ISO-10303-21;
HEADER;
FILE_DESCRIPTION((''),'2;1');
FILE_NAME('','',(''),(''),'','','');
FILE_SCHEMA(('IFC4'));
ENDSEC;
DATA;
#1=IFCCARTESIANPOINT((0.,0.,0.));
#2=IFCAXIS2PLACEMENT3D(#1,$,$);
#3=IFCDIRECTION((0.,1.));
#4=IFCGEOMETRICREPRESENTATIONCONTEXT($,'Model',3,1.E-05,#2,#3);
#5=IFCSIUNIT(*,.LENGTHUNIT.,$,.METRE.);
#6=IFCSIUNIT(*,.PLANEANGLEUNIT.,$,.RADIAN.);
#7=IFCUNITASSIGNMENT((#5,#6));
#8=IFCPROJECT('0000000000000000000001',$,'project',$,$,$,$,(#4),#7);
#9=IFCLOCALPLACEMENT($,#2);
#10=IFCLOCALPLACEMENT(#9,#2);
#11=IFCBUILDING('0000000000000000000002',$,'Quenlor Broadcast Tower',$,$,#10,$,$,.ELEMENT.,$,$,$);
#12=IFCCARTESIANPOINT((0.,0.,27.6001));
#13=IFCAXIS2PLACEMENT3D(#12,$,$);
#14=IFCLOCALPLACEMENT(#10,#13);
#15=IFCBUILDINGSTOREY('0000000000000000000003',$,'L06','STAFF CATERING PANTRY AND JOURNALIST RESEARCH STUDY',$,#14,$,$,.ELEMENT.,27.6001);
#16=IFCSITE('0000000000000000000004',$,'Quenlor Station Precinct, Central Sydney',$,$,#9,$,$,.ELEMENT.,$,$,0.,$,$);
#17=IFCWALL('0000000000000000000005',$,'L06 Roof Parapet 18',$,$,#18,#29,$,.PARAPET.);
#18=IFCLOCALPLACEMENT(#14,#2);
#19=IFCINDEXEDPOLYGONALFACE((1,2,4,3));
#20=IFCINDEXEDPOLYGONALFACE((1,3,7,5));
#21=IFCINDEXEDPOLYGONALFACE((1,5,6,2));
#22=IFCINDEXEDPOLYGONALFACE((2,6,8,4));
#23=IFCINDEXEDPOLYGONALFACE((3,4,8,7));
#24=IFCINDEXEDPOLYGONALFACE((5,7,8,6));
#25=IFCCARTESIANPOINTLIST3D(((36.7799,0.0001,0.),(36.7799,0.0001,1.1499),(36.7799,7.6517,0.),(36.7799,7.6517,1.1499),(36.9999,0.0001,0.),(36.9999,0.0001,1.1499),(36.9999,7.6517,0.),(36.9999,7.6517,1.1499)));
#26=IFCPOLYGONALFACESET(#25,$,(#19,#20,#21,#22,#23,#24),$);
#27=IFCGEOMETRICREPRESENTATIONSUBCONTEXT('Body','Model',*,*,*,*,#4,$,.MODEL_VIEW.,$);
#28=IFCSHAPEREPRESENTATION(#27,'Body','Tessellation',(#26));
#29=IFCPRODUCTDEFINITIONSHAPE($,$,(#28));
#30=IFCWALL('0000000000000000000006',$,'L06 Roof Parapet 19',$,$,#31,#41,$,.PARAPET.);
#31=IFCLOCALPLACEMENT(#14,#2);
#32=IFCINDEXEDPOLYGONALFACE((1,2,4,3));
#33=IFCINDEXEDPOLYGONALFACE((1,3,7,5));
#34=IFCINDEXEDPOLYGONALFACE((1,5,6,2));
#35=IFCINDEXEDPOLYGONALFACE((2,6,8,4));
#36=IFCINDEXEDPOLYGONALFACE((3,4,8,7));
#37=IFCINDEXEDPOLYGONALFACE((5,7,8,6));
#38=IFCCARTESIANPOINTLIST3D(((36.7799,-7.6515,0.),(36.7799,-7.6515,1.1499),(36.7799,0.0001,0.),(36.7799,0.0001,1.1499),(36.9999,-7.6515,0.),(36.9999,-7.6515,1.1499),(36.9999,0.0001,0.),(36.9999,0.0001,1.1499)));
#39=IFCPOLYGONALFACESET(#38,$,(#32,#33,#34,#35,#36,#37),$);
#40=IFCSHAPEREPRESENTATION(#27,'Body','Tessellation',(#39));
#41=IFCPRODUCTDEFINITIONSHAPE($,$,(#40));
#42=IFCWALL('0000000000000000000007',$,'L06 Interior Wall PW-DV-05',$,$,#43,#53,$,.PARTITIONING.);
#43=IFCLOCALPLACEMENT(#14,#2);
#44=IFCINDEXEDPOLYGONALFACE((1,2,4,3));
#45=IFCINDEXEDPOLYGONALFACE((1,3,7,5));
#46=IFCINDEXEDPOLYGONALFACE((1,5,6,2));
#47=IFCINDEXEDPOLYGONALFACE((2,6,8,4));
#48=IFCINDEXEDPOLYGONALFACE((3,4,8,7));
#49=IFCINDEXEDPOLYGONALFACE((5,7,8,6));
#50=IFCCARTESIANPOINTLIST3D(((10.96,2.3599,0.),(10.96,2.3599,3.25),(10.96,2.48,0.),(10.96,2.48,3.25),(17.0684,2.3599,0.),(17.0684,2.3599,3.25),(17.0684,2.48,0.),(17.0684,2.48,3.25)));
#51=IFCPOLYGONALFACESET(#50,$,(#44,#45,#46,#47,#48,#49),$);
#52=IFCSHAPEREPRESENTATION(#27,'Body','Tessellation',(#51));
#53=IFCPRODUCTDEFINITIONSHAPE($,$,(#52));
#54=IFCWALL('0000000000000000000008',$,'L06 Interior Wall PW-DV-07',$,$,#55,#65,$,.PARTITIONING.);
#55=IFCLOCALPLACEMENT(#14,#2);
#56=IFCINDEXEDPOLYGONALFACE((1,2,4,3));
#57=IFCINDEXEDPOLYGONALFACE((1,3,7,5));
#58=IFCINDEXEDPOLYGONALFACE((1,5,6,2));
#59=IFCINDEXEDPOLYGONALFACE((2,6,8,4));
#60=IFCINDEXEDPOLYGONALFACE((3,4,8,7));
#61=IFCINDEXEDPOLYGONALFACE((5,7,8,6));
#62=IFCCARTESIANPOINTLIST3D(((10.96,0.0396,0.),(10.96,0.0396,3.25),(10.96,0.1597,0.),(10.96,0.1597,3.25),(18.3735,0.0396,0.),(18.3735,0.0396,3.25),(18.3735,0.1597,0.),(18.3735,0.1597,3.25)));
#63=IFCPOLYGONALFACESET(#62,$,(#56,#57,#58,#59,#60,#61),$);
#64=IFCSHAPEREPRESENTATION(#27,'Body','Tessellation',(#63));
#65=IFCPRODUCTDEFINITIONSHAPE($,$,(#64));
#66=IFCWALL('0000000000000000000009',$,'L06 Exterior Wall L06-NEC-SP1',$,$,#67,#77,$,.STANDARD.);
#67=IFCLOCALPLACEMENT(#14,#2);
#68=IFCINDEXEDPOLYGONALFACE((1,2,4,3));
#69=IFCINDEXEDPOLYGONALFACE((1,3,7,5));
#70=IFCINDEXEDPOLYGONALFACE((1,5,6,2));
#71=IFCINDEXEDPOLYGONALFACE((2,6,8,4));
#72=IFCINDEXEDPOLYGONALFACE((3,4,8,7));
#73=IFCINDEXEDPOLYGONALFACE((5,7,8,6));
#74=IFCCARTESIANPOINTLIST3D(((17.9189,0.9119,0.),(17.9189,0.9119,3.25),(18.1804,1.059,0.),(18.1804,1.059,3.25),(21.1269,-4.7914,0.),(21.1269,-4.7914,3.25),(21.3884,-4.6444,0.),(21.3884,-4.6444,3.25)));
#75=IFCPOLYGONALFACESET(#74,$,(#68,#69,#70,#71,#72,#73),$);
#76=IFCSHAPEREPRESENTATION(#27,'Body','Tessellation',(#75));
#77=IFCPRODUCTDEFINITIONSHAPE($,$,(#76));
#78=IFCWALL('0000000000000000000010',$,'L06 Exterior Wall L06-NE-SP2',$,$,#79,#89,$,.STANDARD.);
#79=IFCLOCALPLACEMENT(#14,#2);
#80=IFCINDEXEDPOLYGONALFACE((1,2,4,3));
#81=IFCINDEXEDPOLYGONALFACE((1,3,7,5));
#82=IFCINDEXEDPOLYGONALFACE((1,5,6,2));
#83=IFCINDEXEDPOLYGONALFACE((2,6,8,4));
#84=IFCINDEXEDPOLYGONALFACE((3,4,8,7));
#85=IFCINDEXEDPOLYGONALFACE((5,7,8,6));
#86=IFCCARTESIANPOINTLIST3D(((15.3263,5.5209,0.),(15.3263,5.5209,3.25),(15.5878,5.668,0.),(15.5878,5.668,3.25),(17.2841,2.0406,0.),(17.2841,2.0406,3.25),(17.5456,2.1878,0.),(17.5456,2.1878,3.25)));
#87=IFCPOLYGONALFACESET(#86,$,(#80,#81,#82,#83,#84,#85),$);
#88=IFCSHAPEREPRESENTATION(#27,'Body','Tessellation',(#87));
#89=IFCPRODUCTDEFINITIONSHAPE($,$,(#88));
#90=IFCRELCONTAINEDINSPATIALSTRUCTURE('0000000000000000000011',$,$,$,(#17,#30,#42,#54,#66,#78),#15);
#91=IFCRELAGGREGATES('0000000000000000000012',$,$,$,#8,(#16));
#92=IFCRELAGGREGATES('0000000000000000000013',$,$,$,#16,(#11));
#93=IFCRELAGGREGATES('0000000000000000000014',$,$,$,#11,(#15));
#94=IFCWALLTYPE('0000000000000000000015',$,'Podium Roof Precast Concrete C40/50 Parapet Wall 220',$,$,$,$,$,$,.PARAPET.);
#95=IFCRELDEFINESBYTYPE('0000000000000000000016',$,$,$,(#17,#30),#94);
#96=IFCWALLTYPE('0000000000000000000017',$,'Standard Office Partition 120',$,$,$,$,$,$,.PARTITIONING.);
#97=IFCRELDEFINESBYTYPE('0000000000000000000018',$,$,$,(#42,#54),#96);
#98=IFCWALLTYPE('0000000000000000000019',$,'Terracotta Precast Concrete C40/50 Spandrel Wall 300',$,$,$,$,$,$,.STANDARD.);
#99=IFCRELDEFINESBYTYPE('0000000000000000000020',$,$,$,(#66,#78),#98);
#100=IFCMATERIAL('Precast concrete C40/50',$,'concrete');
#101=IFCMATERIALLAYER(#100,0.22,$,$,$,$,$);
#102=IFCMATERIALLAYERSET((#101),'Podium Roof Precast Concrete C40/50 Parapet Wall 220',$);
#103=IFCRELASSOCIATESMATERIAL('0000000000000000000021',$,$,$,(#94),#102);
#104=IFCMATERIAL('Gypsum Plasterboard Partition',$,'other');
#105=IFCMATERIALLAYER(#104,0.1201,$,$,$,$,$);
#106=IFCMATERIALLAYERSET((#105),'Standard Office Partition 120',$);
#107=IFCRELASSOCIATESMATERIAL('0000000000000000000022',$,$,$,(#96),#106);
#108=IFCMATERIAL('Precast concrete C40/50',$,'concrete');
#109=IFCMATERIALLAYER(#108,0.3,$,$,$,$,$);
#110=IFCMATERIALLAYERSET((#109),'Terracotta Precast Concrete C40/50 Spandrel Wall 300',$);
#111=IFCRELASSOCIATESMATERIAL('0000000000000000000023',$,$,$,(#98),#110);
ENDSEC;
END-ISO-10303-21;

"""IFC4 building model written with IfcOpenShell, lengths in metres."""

from ifc_helpers import new_model, si_unit, direction, frame, frame_2d, origin, place, context, subcontext, project, spatial, rectangle, extrude, material, layer, layer_set, type_object, element, save


model = new_model("IFC4")

# Units and contexts
model_context = context("Model", 3, precision=1e-05, world=origin(), true_north=direction((0.0, 1.0)))
body_context = subcontext(model_context, "Body", "Model", "MODEL_VIEW")
ifc_project = project(units=[si_unit("LENGTHUNIT", "METRE"), si_unit("PLANEANGLEUNIT", "RADIAN")], contexts=[model_context])

# Site, building, storey
site_placement = place(None, origin())
site = spatial("IfcSite", under=ifc_project, at=site_placement, Name="Quenlor Station Precinct, Central Sydney", CompositionType="ELEMENT", RefElevation=0.0)
building_placement = place(site_placement, origin())
building = spatial("IfcBuilding", under=site, at=building_placement, Name="Quenlor Broadcast Tower", CompositionType="ELEMENT")
storey_placement = place(building_placement, frame((0.0, 0.0, 27.6001)))
storey = spatial("IfcBuildingStorey", under=building, at=storey_placement, Name="L06", Description="STAFF CATERING PANTRY AND JOURNALIST RESEARCH STUDY", CompositionType="ELEMENT", Elevation=27.6001)

# Walls
ifc_material_1 = material(Name="Precast concrete C40/50", Category="concrete")
ifc_layer_1 = layer(ifc_material_1, 0.22)
ifc_layer_set_1 = layer_set([ifc_layer_1], Name="Podium Roof Precast Concrete C40/50 Parapet Wall 220")
wall_type_1 = type_object("IfcWallType", Name="Podium Roof Precast Concrete C40/50 Parapet Wall 220", PredefinedType="PARAPET", material=ifc_layer_set_1)
for number, where, z_axis, x_axis, name in (
    (1, (36.8899, 7.6516, 0.0), (0.0, 0.0, 1.0), (0.0, -1.0, 0.0), "L06 Roof Parapet 18"),
    (2, (36.8899, 0.0, 0.0), (0.0, 0.0, 1.0), (0.0, -1.0, 0.0), "L06 Roof Parapet 19"),
):
    element("IfcWall", number, at=place(storey_placement, frame(where, z_axis=z_axis, x_axis=x_axis)), inside=storey, type_object=wall_type_1, Name=name, PredefinedType="PARAPET", context=body_context, shape_type="SweptSolid", body=[
        extrude(rectangle(XDim=7.6516, YDim=0.22, at=frame_2d((3.8257, 0.0))), origin(), (0.0, 0.0, 1.0), 1.1499),
    ])
ifc_material_2 = material(Name="Gypsum Plasterboard Partition", Category="other")
ifc_layer_2 = layer(ifc_material_2, 0.1201)
ifc_layer_set_2 = layer_set([ifc_layer_2], Name="Standard Office Partition 120")
wall_type_2 = type_object("IfcWallType", Name="Standard Office Partition 120", PredefinedType="PARTITIONING", material=ifc_layer_set_2)
wall_1_placement = place(storey_placement, frame((17.0684, 2.4199, 0.0), z_axis=(0.0, 0.0, 1.0), x_axis=(-1.0, 0.0, 0.0)))
element("IfcWall", 3, at=wall_1_placement, inside=storey, type_object=wall_type_2, Name="L06 Interior Wall PW-DV-05", PredefinedType="PARTITIONING", context=body_context, shape_type="SweptSolid", body=[
    extrude(rectangle(XDim=6.1084, YDim=0.1201, at=frame_2d((3.0542, 0.0))), origin(), (0.0, 0.0, 1.0), 3.25),
])
wall_2_placement = place(storey_placement, frame((18.3735, 0.0996, 0.0), z_axis=(0.0, 0.0, 1.0), x_axis=(-1.0, 0.0, 0.0)))
element("IfcWall", 4, at=wall_2_placement, inside=storey, type_object=wall_type_2, Name="L06 Interior Wall PW-DV-07", PredefinedType="PARTITIONING", context=body_context, shape_type="SweptSolid", body=[
    extrude(rectangle(XDim=7.4136, YDim=0.1201, at=frame_2d((3.7068, 0.0))), origin(), (0.0, 0.0, 1.0), 3.25),
])
ifc_material_3 = material(Name="Precast concrete C40/50", Category="concrete")
ifc_layer_3 = layer(ifc_material_3, 0.3)
ifc_layer_set_3 = layer_set([ifc_layer_3], Name="Terracotta Precast Concrete C40/50 Spandrel Wall 300")
wall_type_3 = type_object("IfcWallType", Name="Terracotta Precast Concrete C40/50 Spandrel Wall 300", PredefinedType="STANDARD", material=ifc_layer_set_3)
wall_3_placement = place(storey_placement, frame((18.0496, 0.9856, 0.0), z_axis=(0.0, 0.0, 1.0), x_axis=(0.490245, -0.871585, 0.0)))
element("IfcWall", 5, at=wall_3_placement, inside=storey, type_object=wall_type_3, Name="L06 Exterior Wall L06-NEC-SP1", PredefinedType="STANDARD", context=body_context, shape_type="SweptSolid", body=[
    extrude(rectangle(XDim=6.5437, YDim=0.3, at=frame_2d((3.272, 0.0))), origin(), (0.0, 0.0, 1.0), 3.25),
])
wall_4_placement = place(storey_placement, frame((15.457, 5.5945, 0.0), z_axis=(0.0, 0.0, 1.0), x_axis=(0.490287, -0.871561, 0.0)))
element("IfcWall", 6, at=wall_4_placement, inside=storey, type_object=wall_type_3, Name="L06 Exterior Wall L06-NE-SP2", PredefinedType="STANDARD", context=body_context, shape_type="SweptSolid", body=[
    extrude(rectangle(XDim=3.9932, YDim=0.3, at=frame_2d((1.9966, 0.0))), origin(), (0.0, 0.0, 1.0), 3.25),
])

save(model, "model.ifc")
